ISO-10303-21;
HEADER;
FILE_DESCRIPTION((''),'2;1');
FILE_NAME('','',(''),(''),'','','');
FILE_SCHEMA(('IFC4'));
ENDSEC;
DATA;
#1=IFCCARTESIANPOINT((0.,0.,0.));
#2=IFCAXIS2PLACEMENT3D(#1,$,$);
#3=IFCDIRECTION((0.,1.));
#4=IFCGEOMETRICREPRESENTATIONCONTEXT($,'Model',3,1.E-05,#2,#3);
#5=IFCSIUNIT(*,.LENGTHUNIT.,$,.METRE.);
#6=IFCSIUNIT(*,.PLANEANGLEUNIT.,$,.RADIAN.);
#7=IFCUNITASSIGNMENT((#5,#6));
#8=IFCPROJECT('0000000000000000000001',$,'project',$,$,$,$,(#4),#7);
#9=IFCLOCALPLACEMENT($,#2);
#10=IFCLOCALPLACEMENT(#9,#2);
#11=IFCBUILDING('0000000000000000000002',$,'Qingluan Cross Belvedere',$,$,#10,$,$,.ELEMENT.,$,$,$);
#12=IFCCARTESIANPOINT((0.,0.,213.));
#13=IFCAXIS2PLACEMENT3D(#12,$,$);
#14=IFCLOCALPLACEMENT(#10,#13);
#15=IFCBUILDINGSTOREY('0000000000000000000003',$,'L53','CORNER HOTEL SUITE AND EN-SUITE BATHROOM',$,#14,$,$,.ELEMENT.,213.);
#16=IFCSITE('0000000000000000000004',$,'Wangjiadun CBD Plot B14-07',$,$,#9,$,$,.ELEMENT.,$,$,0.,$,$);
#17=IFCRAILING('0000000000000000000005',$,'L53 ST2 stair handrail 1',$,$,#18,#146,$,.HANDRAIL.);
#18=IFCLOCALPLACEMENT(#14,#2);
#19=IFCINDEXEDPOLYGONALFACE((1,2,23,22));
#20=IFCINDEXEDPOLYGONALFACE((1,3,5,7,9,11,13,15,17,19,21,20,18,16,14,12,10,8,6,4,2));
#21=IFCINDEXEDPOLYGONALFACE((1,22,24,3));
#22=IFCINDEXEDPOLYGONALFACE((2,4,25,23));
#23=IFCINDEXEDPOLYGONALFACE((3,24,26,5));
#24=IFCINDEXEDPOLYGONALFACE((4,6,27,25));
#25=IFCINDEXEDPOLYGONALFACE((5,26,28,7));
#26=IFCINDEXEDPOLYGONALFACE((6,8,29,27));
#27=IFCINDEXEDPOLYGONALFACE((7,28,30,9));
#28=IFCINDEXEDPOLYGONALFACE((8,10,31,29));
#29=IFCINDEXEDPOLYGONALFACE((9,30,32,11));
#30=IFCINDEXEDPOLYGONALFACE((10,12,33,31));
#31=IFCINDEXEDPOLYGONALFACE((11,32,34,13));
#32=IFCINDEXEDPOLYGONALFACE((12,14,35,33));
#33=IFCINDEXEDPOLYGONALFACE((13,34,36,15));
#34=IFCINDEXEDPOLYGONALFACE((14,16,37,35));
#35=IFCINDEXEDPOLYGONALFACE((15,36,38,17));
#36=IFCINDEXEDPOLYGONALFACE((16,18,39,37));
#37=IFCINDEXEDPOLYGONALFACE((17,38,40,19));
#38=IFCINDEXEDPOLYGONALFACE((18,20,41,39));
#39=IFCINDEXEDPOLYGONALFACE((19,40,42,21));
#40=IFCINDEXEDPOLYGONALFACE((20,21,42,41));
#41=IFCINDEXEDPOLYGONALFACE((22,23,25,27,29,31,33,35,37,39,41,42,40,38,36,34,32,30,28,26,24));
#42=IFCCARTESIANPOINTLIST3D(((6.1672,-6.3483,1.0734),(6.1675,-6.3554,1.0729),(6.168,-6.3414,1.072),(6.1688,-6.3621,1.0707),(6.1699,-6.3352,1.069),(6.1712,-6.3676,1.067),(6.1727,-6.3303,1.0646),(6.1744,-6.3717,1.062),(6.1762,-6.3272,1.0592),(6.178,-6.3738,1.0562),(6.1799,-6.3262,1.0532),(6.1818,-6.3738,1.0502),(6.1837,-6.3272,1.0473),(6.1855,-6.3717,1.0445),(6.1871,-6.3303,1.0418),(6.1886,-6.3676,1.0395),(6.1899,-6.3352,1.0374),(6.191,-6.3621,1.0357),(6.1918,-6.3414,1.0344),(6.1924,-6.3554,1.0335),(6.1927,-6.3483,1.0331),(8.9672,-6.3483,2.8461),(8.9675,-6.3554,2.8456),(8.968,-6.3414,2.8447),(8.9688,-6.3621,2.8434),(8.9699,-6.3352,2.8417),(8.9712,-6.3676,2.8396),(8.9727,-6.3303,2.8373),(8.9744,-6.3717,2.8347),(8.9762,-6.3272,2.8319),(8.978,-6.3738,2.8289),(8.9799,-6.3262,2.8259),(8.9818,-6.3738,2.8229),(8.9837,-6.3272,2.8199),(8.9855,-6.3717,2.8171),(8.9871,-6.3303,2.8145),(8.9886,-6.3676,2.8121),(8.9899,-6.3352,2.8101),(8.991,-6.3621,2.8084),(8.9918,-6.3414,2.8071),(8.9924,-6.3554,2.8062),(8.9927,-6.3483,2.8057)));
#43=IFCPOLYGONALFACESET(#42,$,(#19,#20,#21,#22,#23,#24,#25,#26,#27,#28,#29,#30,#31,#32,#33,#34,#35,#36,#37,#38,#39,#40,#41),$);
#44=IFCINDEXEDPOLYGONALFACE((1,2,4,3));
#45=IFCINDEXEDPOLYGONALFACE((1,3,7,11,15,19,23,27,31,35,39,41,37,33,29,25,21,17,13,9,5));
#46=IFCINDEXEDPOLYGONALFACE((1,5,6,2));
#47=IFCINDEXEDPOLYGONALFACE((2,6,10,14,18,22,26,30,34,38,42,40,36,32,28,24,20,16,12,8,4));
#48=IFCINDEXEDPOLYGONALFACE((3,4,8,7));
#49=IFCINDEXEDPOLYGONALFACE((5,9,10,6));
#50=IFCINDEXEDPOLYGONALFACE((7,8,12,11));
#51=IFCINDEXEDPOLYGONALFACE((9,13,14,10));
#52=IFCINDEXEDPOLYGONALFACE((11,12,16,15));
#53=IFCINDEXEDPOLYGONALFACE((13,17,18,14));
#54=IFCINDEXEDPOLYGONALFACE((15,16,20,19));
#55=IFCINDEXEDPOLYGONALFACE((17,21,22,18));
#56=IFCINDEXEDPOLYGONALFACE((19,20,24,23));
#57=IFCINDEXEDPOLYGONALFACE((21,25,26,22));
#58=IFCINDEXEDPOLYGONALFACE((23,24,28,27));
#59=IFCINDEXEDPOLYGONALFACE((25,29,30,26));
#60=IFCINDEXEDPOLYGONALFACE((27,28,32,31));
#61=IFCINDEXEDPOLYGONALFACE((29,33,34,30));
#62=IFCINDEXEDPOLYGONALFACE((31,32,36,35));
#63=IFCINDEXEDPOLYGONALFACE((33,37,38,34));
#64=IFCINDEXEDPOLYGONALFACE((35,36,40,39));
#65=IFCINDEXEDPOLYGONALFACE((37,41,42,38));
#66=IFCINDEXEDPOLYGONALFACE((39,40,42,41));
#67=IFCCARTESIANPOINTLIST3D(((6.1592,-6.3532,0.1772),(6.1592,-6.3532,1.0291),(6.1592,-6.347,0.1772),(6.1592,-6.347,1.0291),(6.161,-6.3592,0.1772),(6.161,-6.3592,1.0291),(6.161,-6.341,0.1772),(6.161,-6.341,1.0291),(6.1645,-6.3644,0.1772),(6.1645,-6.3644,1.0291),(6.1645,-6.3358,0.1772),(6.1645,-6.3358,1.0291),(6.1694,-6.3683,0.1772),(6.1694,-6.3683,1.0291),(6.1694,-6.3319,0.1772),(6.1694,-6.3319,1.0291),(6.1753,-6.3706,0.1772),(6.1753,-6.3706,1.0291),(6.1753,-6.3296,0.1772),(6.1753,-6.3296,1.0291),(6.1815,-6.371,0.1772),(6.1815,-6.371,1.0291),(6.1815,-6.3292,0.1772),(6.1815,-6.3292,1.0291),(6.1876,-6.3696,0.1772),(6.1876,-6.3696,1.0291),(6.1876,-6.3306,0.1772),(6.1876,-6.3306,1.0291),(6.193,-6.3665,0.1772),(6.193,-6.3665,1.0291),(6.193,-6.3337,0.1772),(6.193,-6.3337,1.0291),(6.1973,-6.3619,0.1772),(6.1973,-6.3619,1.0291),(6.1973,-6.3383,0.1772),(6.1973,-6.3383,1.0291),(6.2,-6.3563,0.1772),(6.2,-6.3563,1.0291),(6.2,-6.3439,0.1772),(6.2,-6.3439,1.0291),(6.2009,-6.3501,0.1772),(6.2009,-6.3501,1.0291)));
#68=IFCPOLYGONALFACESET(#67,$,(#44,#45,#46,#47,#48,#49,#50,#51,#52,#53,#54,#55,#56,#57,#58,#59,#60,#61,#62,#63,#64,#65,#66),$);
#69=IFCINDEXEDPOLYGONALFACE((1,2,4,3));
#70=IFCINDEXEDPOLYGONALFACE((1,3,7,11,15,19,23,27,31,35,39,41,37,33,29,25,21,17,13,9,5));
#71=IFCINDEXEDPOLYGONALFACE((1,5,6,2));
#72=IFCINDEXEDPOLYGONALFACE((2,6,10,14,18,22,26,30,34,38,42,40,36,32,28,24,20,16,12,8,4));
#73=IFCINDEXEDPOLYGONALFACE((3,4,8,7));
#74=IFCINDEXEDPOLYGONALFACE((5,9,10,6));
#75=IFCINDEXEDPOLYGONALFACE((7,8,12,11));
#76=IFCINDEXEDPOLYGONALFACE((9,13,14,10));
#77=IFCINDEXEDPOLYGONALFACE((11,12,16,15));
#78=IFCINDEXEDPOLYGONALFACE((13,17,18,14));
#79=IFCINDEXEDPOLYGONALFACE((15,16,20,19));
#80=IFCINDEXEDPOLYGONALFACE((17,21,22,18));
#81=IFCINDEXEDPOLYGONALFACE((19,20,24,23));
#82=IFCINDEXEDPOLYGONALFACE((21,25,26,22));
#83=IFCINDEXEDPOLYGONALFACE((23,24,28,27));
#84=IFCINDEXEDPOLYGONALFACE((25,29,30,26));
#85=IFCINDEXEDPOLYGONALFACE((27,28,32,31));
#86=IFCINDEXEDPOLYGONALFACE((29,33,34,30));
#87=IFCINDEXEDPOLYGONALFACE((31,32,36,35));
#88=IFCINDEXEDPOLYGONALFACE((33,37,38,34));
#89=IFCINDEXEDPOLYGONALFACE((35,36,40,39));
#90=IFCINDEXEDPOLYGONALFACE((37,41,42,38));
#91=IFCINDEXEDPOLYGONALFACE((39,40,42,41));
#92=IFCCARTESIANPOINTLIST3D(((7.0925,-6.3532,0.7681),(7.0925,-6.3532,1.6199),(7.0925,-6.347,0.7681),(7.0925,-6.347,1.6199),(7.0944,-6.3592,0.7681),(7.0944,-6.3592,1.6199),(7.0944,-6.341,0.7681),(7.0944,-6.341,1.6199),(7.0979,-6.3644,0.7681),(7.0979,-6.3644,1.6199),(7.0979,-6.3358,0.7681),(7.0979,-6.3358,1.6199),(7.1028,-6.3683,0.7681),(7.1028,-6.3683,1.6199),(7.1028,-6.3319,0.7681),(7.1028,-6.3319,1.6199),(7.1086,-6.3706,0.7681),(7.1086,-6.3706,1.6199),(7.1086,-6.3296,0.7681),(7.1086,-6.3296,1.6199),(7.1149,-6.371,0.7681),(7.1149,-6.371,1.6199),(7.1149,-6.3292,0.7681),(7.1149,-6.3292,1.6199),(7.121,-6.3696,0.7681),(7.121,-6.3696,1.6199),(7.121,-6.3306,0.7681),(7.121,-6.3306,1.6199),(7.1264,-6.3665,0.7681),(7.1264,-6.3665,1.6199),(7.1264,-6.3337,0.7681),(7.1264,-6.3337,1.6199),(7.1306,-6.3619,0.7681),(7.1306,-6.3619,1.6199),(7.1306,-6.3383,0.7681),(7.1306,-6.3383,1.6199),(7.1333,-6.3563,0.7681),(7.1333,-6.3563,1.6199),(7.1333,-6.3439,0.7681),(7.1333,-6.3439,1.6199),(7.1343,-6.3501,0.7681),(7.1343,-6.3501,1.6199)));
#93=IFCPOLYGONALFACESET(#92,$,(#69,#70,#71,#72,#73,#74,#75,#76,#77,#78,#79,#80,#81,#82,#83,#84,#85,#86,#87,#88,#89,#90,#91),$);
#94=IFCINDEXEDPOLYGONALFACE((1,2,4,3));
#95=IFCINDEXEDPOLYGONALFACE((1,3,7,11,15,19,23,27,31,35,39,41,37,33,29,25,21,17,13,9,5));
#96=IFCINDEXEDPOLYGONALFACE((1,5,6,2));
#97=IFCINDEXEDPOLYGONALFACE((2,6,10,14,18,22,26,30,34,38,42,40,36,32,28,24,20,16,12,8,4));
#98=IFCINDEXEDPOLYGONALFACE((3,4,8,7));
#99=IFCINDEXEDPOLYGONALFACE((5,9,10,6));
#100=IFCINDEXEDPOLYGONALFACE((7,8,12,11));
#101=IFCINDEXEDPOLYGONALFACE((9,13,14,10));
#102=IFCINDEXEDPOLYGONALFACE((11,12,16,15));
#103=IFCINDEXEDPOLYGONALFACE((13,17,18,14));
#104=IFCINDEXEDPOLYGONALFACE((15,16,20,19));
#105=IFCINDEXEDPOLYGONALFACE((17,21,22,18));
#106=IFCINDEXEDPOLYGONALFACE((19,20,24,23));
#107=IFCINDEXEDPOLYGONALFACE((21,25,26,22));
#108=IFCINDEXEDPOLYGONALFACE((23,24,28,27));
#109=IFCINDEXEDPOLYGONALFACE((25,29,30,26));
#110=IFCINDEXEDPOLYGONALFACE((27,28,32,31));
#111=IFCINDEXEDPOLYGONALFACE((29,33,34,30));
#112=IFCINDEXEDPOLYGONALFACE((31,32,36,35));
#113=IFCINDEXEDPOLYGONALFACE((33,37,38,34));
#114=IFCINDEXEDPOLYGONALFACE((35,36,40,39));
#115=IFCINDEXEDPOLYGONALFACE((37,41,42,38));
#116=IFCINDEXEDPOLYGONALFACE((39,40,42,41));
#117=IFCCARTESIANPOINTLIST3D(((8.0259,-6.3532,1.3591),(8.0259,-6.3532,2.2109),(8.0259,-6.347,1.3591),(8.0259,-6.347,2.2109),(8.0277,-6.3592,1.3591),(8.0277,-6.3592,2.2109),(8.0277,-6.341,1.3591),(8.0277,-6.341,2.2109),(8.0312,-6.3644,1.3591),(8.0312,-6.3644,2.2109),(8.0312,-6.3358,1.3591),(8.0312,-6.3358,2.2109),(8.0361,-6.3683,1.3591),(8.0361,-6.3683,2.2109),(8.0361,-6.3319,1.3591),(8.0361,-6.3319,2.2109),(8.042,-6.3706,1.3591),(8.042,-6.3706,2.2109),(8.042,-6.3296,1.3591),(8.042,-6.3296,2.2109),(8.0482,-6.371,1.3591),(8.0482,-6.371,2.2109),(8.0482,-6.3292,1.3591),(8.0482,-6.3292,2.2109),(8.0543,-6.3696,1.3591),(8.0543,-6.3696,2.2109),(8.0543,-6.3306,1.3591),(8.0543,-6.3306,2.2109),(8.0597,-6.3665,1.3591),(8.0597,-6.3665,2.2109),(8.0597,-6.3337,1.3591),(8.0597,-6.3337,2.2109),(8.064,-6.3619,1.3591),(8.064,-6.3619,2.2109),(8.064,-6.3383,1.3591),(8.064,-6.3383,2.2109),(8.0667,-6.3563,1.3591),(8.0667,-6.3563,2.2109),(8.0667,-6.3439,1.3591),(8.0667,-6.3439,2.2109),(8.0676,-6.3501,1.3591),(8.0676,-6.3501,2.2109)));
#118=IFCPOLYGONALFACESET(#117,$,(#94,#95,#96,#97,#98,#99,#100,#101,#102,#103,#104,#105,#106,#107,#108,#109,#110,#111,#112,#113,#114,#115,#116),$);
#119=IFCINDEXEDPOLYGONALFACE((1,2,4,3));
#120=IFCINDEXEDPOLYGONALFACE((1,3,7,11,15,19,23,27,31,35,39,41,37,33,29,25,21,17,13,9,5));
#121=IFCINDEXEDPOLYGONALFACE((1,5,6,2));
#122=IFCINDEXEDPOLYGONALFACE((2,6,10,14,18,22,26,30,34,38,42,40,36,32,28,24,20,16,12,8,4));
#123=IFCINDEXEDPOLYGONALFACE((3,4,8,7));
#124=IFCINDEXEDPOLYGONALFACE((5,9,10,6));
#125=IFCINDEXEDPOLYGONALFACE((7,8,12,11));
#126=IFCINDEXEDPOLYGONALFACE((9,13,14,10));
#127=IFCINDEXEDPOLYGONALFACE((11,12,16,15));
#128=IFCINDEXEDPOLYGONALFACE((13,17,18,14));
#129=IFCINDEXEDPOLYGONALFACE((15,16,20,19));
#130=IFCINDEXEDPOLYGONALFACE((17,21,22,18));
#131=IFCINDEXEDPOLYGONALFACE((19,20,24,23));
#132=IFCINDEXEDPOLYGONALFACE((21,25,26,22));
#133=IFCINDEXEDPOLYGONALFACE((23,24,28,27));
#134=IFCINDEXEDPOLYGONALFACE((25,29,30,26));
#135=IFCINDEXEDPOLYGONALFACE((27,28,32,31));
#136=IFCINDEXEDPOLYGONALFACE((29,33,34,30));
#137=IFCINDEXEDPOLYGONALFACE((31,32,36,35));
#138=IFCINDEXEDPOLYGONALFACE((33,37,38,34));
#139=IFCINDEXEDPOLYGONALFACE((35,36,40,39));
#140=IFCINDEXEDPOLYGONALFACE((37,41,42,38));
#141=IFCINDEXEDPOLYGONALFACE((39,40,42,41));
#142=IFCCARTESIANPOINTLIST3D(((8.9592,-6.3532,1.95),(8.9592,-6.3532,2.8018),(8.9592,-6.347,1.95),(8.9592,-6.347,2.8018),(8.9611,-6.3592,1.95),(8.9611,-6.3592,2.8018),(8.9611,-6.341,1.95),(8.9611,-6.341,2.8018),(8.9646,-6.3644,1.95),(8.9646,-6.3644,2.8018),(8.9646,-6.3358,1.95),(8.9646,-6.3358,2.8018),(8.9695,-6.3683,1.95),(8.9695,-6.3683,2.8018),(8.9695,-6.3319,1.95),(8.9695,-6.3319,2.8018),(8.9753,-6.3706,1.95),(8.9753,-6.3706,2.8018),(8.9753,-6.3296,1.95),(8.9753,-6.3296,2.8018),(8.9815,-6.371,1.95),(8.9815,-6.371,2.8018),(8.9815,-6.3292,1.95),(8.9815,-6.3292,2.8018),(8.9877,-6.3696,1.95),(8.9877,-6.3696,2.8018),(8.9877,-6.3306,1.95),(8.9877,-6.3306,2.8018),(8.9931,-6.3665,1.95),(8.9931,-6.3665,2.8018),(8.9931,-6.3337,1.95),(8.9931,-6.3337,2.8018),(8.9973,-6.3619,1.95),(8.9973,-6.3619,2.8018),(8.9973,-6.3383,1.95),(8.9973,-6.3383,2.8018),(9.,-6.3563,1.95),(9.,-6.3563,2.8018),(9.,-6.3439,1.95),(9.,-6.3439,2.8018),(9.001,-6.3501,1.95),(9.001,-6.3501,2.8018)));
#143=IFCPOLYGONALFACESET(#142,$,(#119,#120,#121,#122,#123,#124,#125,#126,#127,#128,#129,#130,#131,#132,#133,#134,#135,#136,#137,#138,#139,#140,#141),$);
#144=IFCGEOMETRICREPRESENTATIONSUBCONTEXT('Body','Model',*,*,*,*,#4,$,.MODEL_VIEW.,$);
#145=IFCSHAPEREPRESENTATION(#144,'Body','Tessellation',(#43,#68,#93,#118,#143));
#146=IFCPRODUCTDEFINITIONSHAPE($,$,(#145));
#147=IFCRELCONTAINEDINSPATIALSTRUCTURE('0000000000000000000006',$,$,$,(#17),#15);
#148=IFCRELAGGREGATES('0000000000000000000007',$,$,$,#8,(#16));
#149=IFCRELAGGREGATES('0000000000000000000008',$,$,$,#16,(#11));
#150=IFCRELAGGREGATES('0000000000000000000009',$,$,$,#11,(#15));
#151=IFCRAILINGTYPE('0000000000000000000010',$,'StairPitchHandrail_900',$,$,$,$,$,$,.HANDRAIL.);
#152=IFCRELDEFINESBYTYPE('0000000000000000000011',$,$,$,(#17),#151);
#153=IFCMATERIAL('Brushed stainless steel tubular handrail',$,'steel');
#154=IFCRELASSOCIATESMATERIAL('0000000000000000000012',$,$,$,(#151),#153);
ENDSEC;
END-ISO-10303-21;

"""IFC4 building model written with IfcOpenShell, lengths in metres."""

from ifc_helpers import new_model, si_unit, direction, frame, origin, origin_2d, place, context, subcontext, project, spatial, circle, extrude, material, type_object, element, save


model = new_model("IFC4")

# Units and contexts
model_context = context("Model", 3, precision=1e-05, world=origin(), true_north=direction((0.0, 1.0)))
body_context = subcontext(model_context, "Body", "Model", "MODEL_VIEW")
ifc_project = project(units=[si_unit("LENGTHUNIT", "METRE"), si_unit("PLANEANGLEUNIT", "RADIAN")], contexts=[model_context])

# Site, building, storey
site_placement = place(None, origin())
site = spatial("IfcSite", under=ifc_project, at=site_placement, Name="Wangjiadun CBD Plot B14-07", CompositionType="ELEMENT", RefElevation=0.0)
building_placement = place(site_placement, origin())
building = spatial("IfcBuilding", under=site, at=building_placement, Name="Qingluan Cross Belvedere", CompositionType="ELEMENT")
storey_placement = place(building_placement, frame((0.0, 0.0, 213.0)))
storey = spatial("IfcBuildingStorey", under=building, at=storey_placement, Name="L53", Description="CORNER HOTEL SUITE AND EN-SUITE BATHROOM", CompositionType="ELEMENT", Elevation=213.0)

# Railing
ifc_material_1 = material(Name="Brushed stainless steel tubular handrail", Category="steel")
railing_type_1 = type_object("IfcRailingType", Name="StairPitchHandrail_900", PredefinedType="HANDRAIL", material=ifc_material_1)
railing_1_placement = place(storey_placement, frame((6.1799, -6.3501, 0.1772)))
element("IfcRailing", 1, at=railing_1_placement, inside=storey, type_object=railing_type_1, Name="L53 ST2 stair handrail 1", PredefinedType="HANDRAIL", context=body_context, shape_type="SweptSolid", body=[
    extrude(circle(Radius=0.0239, at=origin_2d()), frame((0.0, 0.0, 0.876), z_axis=(0.844909, 0.0, 0.53491), x_axis=(0.0, 1.0, 0.0)), (0.0, 0.0, 1.0), 3.314),
    extrude(circle(Radius=0.021, at=origin_2d()), origin(), (0.0, 0.0, 1.0), 0.8518),
    extrude(circle(Radius=0.021, at=origin_2d()), frame((0.9333, 0.0, 0.5908)), (0.0, 0.0, 1.0), 0.8518),
    extrude(circle(Radius=0.021, at=origin_2d()), frame((1.8667, 0.0, 1.1819)), (0.0, 0.0, 1.0), 0.8518),
    extrude(circle(Radius=0.021, at=origin_2d()), frame((2.8, 0.0, 1.7727)), (0.0, 0.0, 1.0), 0.8518),
])

save(model, "model.ifc")
